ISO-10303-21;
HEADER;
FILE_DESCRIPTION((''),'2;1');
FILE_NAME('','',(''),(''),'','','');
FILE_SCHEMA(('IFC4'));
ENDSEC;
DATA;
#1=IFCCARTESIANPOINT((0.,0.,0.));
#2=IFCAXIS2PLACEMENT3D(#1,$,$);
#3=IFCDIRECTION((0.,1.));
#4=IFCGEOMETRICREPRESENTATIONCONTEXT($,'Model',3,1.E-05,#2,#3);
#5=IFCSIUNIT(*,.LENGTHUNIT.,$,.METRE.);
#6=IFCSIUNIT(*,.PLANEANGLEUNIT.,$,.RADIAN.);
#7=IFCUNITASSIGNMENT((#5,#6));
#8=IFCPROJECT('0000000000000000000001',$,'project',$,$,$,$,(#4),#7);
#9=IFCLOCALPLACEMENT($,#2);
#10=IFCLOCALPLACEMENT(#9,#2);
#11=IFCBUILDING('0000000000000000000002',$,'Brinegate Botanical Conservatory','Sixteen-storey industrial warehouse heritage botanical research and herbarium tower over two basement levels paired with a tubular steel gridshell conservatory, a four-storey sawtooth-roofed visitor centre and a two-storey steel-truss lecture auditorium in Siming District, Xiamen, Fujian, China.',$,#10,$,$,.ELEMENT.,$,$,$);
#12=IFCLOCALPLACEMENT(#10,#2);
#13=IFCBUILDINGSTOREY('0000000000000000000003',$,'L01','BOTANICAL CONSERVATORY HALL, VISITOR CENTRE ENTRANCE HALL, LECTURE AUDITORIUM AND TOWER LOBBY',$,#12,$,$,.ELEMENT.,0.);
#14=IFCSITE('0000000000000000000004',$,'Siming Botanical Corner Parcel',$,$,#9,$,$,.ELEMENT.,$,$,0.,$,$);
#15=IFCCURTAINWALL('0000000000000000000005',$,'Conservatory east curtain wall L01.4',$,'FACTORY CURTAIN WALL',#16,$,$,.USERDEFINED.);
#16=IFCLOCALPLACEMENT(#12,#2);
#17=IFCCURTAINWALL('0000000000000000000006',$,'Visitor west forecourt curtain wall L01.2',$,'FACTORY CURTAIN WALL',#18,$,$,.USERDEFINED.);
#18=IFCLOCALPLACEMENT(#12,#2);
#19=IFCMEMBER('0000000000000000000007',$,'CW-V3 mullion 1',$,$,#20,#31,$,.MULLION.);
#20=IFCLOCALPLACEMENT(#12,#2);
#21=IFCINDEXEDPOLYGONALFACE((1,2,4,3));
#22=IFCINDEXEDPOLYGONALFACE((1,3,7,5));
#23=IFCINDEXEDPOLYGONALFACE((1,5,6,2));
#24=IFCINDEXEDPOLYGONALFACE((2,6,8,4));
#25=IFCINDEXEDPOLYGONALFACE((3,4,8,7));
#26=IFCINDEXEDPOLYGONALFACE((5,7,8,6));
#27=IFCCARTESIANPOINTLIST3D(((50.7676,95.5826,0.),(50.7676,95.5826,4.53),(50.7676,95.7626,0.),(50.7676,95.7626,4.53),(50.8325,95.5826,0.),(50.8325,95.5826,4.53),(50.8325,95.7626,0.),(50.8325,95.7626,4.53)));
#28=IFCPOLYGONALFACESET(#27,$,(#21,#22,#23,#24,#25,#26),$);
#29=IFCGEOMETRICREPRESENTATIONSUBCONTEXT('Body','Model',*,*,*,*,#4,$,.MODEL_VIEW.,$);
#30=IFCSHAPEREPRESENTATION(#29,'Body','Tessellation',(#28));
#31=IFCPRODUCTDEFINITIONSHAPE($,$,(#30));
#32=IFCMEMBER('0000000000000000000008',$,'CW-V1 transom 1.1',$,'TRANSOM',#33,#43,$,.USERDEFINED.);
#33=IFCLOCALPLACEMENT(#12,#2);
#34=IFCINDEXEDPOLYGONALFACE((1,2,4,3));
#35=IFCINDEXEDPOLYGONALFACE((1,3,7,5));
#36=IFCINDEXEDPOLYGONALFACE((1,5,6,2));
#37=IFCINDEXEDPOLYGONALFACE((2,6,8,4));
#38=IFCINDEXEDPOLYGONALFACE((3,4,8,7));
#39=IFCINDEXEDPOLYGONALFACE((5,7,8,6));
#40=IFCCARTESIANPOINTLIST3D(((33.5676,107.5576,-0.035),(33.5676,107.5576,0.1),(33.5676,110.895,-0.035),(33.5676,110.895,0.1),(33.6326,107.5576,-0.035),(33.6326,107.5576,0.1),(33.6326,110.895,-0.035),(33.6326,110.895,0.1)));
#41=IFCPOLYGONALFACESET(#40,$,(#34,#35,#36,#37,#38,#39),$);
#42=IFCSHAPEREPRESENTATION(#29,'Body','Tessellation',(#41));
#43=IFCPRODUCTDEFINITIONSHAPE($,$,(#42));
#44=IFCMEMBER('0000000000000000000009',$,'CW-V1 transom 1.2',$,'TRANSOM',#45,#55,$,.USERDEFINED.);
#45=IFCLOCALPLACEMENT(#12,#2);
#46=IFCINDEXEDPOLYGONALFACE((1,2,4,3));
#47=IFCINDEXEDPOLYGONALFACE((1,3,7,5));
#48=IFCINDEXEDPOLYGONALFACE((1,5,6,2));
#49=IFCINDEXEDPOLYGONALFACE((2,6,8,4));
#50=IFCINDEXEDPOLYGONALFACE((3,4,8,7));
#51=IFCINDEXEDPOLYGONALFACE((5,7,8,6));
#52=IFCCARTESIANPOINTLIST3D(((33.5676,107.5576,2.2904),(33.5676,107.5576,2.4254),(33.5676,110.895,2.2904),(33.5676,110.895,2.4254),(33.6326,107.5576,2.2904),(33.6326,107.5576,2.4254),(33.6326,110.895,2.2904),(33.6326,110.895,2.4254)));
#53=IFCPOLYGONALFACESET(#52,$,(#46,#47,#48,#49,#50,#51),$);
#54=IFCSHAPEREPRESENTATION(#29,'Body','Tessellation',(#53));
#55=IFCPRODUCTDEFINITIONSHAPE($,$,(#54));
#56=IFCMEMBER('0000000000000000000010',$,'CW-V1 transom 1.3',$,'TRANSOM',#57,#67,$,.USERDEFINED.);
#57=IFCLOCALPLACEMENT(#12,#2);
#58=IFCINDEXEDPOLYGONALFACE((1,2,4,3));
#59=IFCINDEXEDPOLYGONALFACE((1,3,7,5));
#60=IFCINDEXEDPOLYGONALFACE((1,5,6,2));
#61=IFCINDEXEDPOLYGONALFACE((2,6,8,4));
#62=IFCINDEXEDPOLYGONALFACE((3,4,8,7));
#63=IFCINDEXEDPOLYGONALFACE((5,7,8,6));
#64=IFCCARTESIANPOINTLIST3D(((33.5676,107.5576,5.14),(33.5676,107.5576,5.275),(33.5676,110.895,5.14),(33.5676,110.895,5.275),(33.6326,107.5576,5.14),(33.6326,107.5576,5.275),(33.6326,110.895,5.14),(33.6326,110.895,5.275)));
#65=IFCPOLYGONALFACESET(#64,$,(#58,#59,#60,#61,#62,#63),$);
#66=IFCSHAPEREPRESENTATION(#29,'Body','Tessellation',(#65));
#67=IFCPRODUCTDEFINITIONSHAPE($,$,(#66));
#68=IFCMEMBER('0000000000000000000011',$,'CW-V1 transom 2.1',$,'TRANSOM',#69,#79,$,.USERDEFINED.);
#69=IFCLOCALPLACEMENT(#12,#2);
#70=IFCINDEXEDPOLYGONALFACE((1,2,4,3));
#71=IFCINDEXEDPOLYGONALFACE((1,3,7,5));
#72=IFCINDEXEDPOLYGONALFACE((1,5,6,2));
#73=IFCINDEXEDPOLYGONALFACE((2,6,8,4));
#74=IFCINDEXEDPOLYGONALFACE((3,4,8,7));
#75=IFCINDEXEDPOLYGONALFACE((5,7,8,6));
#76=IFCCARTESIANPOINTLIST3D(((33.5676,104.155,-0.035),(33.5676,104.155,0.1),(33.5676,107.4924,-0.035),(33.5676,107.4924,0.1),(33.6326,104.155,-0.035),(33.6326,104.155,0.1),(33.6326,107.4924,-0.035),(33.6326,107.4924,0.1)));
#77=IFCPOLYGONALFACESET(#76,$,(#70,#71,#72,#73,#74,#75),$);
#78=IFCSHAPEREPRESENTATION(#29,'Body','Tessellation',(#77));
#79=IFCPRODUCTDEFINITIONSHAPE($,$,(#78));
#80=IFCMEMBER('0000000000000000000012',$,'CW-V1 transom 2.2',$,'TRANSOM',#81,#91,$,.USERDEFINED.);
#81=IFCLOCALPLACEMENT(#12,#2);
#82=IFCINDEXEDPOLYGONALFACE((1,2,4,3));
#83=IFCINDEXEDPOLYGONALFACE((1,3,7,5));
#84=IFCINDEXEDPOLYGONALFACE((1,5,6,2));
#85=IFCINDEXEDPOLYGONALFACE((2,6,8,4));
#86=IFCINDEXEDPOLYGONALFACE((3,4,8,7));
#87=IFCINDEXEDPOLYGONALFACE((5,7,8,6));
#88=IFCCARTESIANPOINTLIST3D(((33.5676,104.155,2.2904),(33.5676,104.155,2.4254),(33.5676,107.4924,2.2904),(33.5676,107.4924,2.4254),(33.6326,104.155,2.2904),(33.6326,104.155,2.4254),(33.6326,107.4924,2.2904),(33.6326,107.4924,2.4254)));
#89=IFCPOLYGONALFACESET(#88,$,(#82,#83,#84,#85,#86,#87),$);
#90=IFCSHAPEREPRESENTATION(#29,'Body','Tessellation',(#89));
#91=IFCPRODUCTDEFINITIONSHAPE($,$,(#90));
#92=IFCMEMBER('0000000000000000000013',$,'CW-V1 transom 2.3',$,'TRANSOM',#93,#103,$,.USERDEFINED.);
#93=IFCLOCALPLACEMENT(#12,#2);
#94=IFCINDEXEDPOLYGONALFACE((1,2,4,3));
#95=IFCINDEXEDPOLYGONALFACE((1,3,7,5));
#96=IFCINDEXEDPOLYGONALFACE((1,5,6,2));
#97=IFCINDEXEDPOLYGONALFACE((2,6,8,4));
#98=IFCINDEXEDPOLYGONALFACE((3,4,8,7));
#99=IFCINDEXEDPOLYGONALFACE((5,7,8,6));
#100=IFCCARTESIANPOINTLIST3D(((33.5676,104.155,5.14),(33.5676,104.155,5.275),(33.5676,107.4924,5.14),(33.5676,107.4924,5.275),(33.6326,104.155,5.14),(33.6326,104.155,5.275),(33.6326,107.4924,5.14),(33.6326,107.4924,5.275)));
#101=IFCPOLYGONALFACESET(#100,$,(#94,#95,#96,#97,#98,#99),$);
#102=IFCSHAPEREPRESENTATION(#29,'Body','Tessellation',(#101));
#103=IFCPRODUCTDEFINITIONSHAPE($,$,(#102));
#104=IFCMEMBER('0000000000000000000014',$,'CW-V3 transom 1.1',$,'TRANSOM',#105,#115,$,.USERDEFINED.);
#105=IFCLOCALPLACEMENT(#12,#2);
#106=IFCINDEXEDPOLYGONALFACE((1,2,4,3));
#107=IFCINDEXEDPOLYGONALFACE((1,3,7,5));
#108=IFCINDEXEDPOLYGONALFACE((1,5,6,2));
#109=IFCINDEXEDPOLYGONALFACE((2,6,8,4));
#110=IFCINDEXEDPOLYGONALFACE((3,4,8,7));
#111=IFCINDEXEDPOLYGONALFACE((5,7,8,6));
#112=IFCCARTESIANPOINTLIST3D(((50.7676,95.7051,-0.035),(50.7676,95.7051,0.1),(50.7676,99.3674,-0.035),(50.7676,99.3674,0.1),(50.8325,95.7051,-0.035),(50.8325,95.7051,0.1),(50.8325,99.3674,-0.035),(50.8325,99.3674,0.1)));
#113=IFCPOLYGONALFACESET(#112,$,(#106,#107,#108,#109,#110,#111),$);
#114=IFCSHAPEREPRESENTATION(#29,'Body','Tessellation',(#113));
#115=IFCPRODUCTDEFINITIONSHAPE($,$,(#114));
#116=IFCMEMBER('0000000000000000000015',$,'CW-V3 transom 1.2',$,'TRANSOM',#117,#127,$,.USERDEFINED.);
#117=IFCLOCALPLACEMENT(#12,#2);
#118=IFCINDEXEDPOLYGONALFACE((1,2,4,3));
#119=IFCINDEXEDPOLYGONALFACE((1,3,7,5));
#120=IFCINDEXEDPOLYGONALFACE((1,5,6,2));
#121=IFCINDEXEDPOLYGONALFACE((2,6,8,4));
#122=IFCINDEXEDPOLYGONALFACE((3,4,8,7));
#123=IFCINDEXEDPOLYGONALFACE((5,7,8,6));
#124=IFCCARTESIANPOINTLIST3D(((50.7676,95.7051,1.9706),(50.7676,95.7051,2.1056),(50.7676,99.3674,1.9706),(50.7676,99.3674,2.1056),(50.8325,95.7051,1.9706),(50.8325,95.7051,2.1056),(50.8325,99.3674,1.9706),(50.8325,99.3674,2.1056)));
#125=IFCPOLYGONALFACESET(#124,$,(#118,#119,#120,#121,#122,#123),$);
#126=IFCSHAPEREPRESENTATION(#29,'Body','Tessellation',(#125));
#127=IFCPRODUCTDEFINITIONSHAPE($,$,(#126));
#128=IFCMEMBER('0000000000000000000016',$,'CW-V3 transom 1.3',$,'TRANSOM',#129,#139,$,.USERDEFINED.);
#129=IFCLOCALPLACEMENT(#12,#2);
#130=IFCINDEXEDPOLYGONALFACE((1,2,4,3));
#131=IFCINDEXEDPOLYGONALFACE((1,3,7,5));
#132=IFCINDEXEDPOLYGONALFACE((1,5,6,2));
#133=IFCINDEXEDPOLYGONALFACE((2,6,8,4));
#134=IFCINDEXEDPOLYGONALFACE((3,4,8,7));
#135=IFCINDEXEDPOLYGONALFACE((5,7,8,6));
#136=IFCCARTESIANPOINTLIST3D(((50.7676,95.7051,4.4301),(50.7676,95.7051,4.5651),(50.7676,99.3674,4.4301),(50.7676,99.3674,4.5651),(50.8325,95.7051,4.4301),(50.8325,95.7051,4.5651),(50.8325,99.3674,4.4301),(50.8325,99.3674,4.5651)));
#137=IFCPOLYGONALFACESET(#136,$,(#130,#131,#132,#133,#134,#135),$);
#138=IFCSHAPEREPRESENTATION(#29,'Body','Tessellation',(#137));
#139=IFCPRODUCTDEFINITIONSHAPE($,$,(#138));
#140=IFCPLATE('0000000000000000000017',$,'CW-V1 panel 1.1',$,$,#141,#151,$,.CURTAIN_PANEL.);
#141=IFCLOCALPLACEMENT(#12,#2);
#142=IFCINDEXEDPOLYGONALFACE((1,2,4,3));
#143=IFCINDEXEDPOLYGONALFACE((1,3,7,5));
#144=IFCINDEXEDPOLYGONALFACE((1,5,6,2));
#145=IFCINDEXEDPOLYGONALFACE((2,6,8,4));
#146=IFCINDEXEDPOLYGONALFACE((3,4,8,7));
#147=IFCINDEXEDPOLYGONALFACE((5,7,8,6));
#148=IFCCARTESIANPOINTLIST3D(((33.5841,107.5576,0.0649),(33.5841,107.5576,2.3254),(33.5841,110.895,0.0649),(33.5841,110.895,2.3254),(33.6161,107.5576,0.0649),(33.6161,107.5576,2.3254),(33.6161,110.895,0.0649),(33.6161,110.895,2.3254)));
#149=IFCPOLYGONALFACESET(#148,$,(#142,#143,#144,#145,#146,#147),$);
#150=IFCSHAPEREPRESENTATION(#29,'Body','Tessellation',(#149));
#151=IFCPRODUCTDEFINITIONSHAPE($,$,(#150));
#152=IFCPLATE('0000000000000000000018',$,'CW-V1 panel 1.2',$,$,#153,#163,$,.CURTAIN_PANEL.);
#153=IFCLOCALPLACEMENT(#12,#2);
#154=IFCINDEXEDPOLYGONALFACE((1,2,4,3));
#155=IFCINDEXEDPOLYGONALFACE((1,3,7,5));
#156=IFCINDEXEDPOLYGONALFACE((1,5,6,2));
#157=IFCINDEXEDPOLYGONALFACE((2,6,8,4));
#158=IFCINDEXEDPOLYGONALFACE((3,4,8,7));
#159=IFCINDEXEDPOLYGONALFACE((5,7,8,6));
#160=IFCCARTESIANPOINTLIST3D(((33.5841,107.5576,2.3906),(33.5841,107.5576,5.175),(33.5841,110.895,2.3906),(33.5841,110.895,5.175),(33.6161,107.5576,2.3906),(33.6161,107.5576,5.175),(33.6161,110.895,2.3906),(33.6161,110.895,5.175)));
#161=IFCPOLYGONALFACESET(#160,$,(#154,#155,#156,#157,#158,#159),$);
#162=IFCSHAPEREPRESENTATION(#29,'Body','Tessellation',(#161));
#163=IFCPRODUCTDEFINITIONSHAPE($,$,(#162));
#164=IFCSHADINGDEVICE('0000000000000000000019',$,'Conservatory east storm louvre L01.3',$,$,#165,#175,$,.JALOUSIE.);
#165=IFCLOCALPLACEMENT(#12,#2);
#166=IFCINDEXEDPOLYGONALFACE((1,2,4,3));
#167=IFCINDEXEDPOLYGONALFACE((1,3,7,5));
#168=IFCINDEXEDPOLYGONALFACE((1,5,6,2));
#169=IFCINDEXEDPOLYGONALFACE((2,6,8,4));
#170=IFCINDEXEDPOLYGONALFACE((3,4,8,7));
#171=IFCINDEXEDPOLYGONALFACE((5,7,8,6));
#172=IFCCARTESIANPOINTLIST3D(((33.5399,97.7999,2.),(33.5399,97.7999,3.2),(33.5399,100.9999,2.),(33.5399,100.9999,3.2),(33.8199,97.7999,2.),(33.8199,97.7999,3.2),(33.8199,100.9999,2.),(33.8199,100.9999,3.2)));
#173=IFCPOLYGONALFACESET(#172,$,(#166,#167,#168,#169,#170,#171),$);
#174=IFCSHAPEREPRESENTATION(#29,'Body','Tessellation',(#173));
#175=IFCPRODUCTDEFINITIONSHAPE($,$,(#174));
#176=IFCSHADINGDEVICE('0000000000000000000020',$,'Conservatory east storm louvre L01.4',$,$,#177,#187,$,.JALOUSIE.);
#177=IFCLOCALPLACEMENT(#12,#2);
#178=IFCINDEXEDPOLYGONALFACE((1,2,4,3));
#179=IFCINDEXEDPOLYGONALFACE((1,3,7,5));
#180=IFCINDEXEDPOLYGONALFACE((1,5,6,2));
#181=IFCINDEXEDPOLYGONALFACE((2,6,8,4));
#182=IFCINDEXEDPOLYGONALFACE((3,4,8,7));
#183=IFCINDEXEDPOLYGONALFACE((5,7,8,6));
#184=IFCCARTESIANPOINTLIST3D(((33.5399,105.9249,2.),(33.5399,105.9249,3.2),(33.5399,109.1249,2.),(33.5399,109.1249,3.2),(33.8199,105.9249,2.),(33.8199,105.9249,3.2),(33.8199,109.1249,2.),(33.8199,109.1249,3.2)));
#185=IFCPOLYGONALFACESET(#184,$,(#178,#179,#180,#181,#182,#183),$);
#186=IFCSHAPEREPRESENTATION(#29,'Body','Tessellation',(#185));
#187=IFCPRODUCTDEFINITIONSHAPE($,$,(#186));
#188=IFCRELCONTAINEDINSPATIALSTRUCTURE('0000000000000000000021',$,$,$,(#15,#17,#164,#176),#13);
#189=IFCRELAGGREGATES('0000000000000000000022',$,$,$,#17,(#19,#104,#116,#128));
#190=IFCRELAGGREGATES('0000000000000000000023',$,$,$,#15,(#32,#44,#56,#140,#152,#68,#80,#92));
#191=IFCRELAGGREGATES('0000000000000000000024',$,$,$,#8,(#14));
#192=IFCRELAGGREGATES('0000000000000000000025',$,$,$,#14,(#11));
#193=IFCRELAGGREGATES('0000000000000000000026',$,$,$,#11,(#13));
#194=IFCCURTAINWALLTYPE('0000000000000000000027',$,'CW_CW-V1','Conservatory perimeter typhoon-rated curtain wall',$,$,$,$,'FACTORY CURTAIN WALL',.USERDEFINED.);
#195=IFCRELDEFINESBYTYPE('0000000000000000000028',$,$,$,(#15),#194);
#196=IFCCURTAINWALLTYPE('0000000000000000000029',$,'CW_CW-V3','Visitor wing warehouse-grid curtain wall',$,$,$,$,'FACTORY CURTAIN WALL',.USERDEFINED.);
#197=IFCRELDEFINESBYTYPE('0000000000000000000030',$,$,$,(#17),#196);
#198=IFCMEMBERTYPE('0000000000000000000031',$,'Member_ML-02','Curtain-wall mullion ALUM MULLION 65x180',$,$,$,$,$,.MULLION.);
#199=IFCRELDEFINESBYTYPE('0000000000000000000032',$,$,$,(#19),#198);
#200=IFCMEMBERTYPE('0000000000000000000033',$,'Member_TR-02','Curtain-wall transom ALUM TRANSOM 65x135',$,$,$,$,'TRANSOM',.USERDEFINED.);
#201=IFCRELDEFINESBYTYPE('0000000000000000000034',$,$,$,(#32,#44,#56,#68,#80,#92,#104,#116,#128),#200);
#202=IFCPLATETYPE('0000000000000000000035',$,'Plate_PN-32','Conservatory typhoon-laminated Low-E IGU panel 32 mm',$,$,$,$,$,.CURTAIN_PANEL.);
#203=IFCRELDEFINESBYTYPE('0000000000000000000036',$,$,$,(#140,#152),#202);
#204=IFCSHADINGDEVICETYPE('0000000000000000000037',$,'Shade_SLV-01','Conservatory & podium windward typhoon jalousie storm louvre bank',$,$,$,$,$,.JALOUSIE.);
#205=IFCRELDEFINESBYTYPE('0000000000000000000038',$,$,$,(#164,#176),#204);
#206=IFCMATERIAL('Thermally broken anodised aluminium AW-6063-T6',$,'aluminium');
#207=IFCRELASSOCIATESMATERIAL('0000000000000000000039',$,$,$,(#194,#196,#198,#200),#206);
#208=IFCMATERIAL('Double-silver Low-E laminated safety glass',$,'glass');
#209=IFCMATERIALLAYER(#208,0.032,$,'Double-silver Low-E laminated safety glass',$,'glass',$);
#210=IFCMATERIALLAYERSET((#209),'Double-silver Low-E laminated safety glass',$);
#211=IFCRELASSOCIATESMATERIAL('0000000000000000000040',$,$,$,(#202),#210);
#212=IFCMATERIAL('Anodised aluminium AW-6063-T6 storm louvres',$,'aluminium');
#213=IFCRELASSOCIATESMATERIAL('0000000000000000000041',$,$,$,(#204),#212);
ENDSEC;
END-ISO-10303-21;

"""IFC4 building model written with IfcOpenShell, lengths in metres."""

from ifc_helpers import new_model, si_unit, direction, frame, origin, origin_2d, place, context, subcontext, project, spatial, rectangle, extrude, material, layer, layer_set, material_profile, profile_set, type_object, element, aggregate, save


model = new_model("IFC4")

# Units and contexts
model_context = context("Model", 3, precision=1e-05, world=origin(), true_north=direction((0.0, 1.0)))
body_context = subcontext(model_context, "Body", "Model", "MODEL_VIEW")
ifc_project = project(units=[si_unit("LENGTHUNIT", "METRE"), si_unit("PLANEANGLEUNIT", "RADIAN")], contexts=[model_context])

# Site, building, storey
site_placement = place(None, origin())
site = spatial("IfcSite", under=ifc_project, at=site_placement, Name="Siming Botanical Corner Parcel", CompositionType="ELEMENT", RefElevation=0.0)
building_placement = place(site_placement, origin())
building = spatial("IfcBuilding", under=site, at=building_placement, Name="Brinegate Botanical Conservatory", Description="Sixteen-storey industrial warehouse heritage botanical research and herbarium tower over two basement levels paired with a tubular steel gridshell conservatory, a four-storey sawtooth-roofed visitor centre and a two-storey steel-truss lecture auditorium in Siming District, Xiamen, Fujian, China.", CompositionType="ELEMENT")
storey_placement = place(building_placement, origin())
storey = spatial("IfcBuildingStorey", under=building, at=storey_placement, Name="L01", Description="BOTANICAL CONSERVATORY HALL, VISITOR CENTRE ENTRANCE HALL, LECTURE AUDITORIUM AND TOWER LOBBY", CompositionType="ELEMENT", Elevation=0.0)

# Curtain wall
ifc_material_1 = material(Name="Thermally broken anodised aluminium AW-6063-T6", Category="aluminium")
curtain_wall_type_1 = type_object("IfcCurtainWallType", Name="CW_CW-V1", Description="Conservatory perimeter typhoon-rated curtain wall", ElementType="FACTORY CURTAIN WALL", PredefinedType="USERDEFINED", material=ifc_material_1)
curtain_wall_1_placement = place(storey_placement, origin())
curtain_wall_1 = element("IfcCurtainWall", 1, at=curtain_wall_1_placement, inside=storey, type_object=curtain_wall_type_1, Name="Conservatory east curtain wall L01.4", ObjectType="FACTORY CURTAIN WALL", PredefinedType="USERDEFINED")
ifc_material_profile_1 = material_profile(ifc_material_1, rectangle(XDim=0.0649, YDim=0.1799, at=origin_2d()), Name="ALUM MULLION 65x180")
ifc_profile_set_1 = profile_set([ifc_material_profile_1], Name="Thermally broken anodised aluminium AW-6063-T6")
member_type_1 = type_object("IfcMemberType", Name="Member_ML-02", Description="Curtain-wall mullion ALUM MULLION 65x180", PredefinedType="MULLION", material=ifc_profile_set_1)

# Curtain wall, member
curtain_wall_type_2 = type_object("IfcCurtainWallType", Name="CW_CW-V3", Description="Visitor wing warehouse-grid curtain wall", ElementType="FACTORY CURTAIN WALL", PredefinedType="USERDEFINED", material=ifc_material_1)
curtain_wall_2_placement = place(storey_placement, origin())
curtain_wall_2 = element("IfcCurtainWall", 2, at=curtain_wall_2_placement, inside=storey, type_object=curtain_wall_type_2, Name="Visitor west forecourt curtain wall L01.2", ObjectType="FACTORY CURTAIN WALL", PredefinedType="USERDEFINED")
member_1_placement = place(storey_placement, frame((50.8, 95.6726, 0.0), z_axis=(0.0, 0.0, 1.0), x_axis=(-1.0, 0.0, 0.0)))
member_1 = element("IfcMember", 3, at=member_1_placement, type_object=member_type_1, Name="CW-V3 mullion 1", PredefinedType="MULLION", context=body_context, shape_type="SweptSolid", body=[
    extrude(rectangle(XDim=0.0649, YDim=0.1799, at=origin_2d()), origin(), (0.0, 0.0, 1.0), 4.53),
])

# Members
ifc_material_profile_2 = material_profile(ifc_material_1, rectangle(XDim=0.0649, YDim=0.135, at=origin_2d()), Name="ALUM TRANSOM 65x135")
ifc_profile_set_2 = profile_set([ifc_material_profile_2], Name="Thermally broken anodised aluminium AW-6063-T6")
member_type_2 = type_object("IfcMemberType", Name="Member_TR-02", Description="Curtain-wall transom ALUM TRANSOM 65x135", ElementType="TRANSOM", PredefinedType="USERDEFINED", material=ifc_profile_set_2)
member_2_placement = place(storey_placement, frame((33.6001, 110.895, 0.0325), z_axis=(0.0, -1.0, 0.0), x_axis=(1.0, 0.0, 0.0)))
member_2 = element("IfcMember", 4, at=member_2_placement, type_object=member_type_2, Name="CW-V1 transom 1.1", ObjectType="TRANSOM", PredefinedType="USERDEFINED", context=body_context, shape_type="SweptSolid", body=[
    extrude(rectangle(XDim=0.0649, YDim=0.135, at=origin_2d()), origin(), (0.0, 0.0, 1.0), 3.3374),
])
member_3_placement = place(storey_placement, frame((33.6001, 110.895, 2.3579), z_axis=(0.0, -1.0, 0.0), x_axis=(1.0, 0.0, 0.0)))
member_3 = element("IfcMember", 5, at=member_3_placement, type_object=member_type_2, Name="CW-V1 transom 1.2", ObjectType="TRANSOM", PredefinedType="USERDEFINED", context=body_context, shape_type="SweptSolid", body=[
    extrude(rectangle(XDim=0.0649, YDim=0.135, at=origin_2d()), origin(), (0.0, 0.0, 1.0), 3.3374),
])
member_4_placement = place(storey_placement, frame((33.6001, 110.895, 5.2075), z_axis=(0.0, -1.0, 0.0), x_axis=(1.0, 0.0, 0.0)))
member_4 = element("IfcMember", 6, at=member_4_placement, type_object=member_type_2, Name="CW-V1 transom 1.3", ObjectType="TRANSOM", PredefinedType="USERDEFINED", context=body_context, shape_type="SweptSolid", body=[
    extrude(rectangle(XDim=0.0649, YDim=0.135, at=origin_2d()), origin(), (0.0, 0.0, 1.0), 3.3374),
])
member_5_placement = place(storey_placement, frame((33.6001, 107.4924, 0.0325), z_axis=(0.0, -1.0, 0.0), x_axis=(1.0, 0.0, 0.0)))
member_5 = element("IfcMember", 7, at=member_5_placement, type_object=member_type_2, Name="CW-V1 transom 2.1", ObjectType="TRANSOM", PredefinedType="USERDEFINED", context=body_context, shape_type="SweptSolid", body=[
    extrude(rectangle(XDim=0.0649, YDim=0.135, at=origin_2d()), origin(), (0.0, 0.0, 1.0), 3.3374),
])
member_6_placement = place(storey_placement, frame((33.6001, 107.4924, 2.3579), z_axis=(0.0, -1.0, 0.0), x_axis=(1.0, 0.0, 0.0)))
member_6 = element("IfcMember", 8, at=member_6_placement, type_object=member_type_2, Name="CW-V1 transom 2.2", ObjectType="TRANSOM", PredefinedType="USERDEFINED", context=body_context, shape_type="SweptSolid", body=[
    extrude(rectangle(XDim=0.0649, YDim=0.135, at=origin_2d()), origin(), (0.0, 0.0, 1.0), 3.3374),
])
member_7_placement = place(storey_placement, frame((33.6001, 107.4924, 5.2075), z_axis=(0.0, -1.0, 0.0), x_axis=(1.0, 0.0, 0.0)))
member_7 = element("IfcMember", 9, at=member_7_placement, type_object=member_type_2, Name="CW-V1 transom 2.3", ObjectType="TRANSOM", PredefinedType="USERDEFINED", context=body_context, shape_type="SweptSolid", body=[
    extrude(rectangle(XDim=0.0649, YDim=0.135, at=origin_2d()), origin(), (0.0, 0.0, 1.0), 3.3374),
])
member_8_placement = place(storey_placement, frame((50.8, 95.7051, 0.0325), z_axis=(0.0, 1.0, 0.0), x_axis=(-1.0, 0.0, 0.0)))
member_8 = element("IfcMember", 10, at=member_8_placement, type_object=member_type_2, Name="CW-V3 transom 1.1", ObjectType="TRANSOM", PredefinedType="USERDEFINED", context=body_context, shape_type="SweptSolid", body=[
    extrude(rectangle(XDim=0.0649, YDim=0.135, at=origin_2d()), origin(), (0.0, 0.0, 1.0), 3.6624),
])
member_9_placement = place(storey_placement, frame((50.8, 95.7051, 2.0381), z_axis=(0.0, 1.0, 0.0), x_axis=(-1.0, 0.0, 0.0)))
member_9 = element("IfcMember", 11, at=member_9_placement, type_object=member_type_2, Name="CW-V3 transom 1.2", ObjectType="TRANSOM", PredefinedType="USERDEFINED", context=body_context, shape_type="SweptSolid", body=[
    extrude(rectangle(XDim=0.0649, YDim=0.135, at=origin_2d()), origin(), (0.0, 0.0, 1.0), 3.6624),
])
member_10_placement = place(storey_placement, frame((50.8, 95.7051, 4.4976), z_axis=(0.0, 1.0, 0.0), x_axis=(-1.0, 0.0, 0.0)))
member_10 = element("IfcMember", 12, at=member_10_placement, type_object=member_type_2, Name="CW-V3 transom 1.3", ObjectType="TRANSOM", PredefinedType="USERDEFINED", context=body_context, shape_type="SweptSolid", body=[
    extrude(rectangle(XDim=0.0649, YDim=0.135, at=origin_2d()), origin(), (0.0, 0.0, 1.0), 3.6624),
])
aggregate(curtain_wall_2, [member_1, member_8, member_9, member_10])

# Plates
ifc_material_2 = material(Name="Double-silver Low-E laminated safety glass", Category="glass")
ifc_layer = layer(ifc_material_2, 0.032, Name="Double-silver Low-E laminated safety glass", Category="glass")
ifc_layer_set = layer_set([ifc_layer], Name="Double-silver Low-E laminated safety glass")
plate_type = type_object("IfcPlateType", Name="Plate_PN-32", Description="Conservatory typhoon-laminated Low-E IGU panel 32 mm", PredefinedType="CURTAIN_PANEL", material=ifc_layer_set)
plate_1_placement = place(storey_placement, frame((33.6001, 109.2263, 0.0649), z_axis=(0.0, 0.0, 1.0), x_axis=(0.0, -1.0, 0.0)))
plate_1 = element("IfcPlate", 13, at=plate_1_placement, type_object=plate_type, Name="CW-V1 panel 1.1", PredefinedType="CURTAIN_PANEL", context=body_context, shape_type="SweptSolid", body=[
    extrude(rectangle(XDim=3.3374, YDim=0.032, at=origin_2d()), origin(), (0.0, 0.0, 1.0), 2.2605),
])
plate_2_placement = place(storey_placement, frame((33.6001, 109.2263, 2.3906), z_axis=(0.0, 0.0, 1.0), x_axis=(0.0, -1.0, 0.0)))
plate_2 = element("IfcPlate", 14, at=plate_2_placement, type_object=plate_type, Name="CW-V1 panel 1.2", PredefinedType="CURTAIN_PANEL", context=body_context, shape_type="SweptSolid", body=[
    extrude(rectangle(XDim=3.3374, YDim=0.032, at=origin_2d()), origin(), (0.0, 0.0, 1.0), 2.7844),
])
aggregate(curtain_wall_1, [member_2, member_3, member_4, plate_1, plate_2, member_5, member_6, member_7])

# Shading devices
ifc_material_3 = material(Name="Anodised aluminium AW-6063-T6 storm louvres", Category="aluminium")
shading_device_type = type_object("IfcShadingDeviceType", Name="Shade_SLV-01", Description="Conservatory & podium windward typhoon jalousie storm louvre bank", PredefinedType="JALOUSIE", material=ifc_material_3)
for number, where, z_axis, x_axis, name in (
    (15, (33.6799, 99.3999, 2.0), (0.0, 0.0, 1.0), (1.0, 0.0, 0.0), "Conservatory east storm louvre L01.3"),
    (16, (33.6799, 107.5249, 2.0), (0.0, 0.0, 1.0), (1.0, 0.0, 0.0), "Conservatory east storm louvre L01.4"),
):
    element("IfcShadingDevice", number, at=place(storey_placement, frame(where, z_axis=z_axis, x_axis=x_axis)), inside=storey, type_object=shading_device_type, Name=name, PredefinedType="JALOUSIE", context=body_context, shape_type="SweptSolid", body=[
        extrude(rectangle(XDim=0.28, YDim=3.2, at=origin_2d()), origin(), (0.0, 0.0, 1.0), 1.2),
    ])

save(model, "model.ifc")
